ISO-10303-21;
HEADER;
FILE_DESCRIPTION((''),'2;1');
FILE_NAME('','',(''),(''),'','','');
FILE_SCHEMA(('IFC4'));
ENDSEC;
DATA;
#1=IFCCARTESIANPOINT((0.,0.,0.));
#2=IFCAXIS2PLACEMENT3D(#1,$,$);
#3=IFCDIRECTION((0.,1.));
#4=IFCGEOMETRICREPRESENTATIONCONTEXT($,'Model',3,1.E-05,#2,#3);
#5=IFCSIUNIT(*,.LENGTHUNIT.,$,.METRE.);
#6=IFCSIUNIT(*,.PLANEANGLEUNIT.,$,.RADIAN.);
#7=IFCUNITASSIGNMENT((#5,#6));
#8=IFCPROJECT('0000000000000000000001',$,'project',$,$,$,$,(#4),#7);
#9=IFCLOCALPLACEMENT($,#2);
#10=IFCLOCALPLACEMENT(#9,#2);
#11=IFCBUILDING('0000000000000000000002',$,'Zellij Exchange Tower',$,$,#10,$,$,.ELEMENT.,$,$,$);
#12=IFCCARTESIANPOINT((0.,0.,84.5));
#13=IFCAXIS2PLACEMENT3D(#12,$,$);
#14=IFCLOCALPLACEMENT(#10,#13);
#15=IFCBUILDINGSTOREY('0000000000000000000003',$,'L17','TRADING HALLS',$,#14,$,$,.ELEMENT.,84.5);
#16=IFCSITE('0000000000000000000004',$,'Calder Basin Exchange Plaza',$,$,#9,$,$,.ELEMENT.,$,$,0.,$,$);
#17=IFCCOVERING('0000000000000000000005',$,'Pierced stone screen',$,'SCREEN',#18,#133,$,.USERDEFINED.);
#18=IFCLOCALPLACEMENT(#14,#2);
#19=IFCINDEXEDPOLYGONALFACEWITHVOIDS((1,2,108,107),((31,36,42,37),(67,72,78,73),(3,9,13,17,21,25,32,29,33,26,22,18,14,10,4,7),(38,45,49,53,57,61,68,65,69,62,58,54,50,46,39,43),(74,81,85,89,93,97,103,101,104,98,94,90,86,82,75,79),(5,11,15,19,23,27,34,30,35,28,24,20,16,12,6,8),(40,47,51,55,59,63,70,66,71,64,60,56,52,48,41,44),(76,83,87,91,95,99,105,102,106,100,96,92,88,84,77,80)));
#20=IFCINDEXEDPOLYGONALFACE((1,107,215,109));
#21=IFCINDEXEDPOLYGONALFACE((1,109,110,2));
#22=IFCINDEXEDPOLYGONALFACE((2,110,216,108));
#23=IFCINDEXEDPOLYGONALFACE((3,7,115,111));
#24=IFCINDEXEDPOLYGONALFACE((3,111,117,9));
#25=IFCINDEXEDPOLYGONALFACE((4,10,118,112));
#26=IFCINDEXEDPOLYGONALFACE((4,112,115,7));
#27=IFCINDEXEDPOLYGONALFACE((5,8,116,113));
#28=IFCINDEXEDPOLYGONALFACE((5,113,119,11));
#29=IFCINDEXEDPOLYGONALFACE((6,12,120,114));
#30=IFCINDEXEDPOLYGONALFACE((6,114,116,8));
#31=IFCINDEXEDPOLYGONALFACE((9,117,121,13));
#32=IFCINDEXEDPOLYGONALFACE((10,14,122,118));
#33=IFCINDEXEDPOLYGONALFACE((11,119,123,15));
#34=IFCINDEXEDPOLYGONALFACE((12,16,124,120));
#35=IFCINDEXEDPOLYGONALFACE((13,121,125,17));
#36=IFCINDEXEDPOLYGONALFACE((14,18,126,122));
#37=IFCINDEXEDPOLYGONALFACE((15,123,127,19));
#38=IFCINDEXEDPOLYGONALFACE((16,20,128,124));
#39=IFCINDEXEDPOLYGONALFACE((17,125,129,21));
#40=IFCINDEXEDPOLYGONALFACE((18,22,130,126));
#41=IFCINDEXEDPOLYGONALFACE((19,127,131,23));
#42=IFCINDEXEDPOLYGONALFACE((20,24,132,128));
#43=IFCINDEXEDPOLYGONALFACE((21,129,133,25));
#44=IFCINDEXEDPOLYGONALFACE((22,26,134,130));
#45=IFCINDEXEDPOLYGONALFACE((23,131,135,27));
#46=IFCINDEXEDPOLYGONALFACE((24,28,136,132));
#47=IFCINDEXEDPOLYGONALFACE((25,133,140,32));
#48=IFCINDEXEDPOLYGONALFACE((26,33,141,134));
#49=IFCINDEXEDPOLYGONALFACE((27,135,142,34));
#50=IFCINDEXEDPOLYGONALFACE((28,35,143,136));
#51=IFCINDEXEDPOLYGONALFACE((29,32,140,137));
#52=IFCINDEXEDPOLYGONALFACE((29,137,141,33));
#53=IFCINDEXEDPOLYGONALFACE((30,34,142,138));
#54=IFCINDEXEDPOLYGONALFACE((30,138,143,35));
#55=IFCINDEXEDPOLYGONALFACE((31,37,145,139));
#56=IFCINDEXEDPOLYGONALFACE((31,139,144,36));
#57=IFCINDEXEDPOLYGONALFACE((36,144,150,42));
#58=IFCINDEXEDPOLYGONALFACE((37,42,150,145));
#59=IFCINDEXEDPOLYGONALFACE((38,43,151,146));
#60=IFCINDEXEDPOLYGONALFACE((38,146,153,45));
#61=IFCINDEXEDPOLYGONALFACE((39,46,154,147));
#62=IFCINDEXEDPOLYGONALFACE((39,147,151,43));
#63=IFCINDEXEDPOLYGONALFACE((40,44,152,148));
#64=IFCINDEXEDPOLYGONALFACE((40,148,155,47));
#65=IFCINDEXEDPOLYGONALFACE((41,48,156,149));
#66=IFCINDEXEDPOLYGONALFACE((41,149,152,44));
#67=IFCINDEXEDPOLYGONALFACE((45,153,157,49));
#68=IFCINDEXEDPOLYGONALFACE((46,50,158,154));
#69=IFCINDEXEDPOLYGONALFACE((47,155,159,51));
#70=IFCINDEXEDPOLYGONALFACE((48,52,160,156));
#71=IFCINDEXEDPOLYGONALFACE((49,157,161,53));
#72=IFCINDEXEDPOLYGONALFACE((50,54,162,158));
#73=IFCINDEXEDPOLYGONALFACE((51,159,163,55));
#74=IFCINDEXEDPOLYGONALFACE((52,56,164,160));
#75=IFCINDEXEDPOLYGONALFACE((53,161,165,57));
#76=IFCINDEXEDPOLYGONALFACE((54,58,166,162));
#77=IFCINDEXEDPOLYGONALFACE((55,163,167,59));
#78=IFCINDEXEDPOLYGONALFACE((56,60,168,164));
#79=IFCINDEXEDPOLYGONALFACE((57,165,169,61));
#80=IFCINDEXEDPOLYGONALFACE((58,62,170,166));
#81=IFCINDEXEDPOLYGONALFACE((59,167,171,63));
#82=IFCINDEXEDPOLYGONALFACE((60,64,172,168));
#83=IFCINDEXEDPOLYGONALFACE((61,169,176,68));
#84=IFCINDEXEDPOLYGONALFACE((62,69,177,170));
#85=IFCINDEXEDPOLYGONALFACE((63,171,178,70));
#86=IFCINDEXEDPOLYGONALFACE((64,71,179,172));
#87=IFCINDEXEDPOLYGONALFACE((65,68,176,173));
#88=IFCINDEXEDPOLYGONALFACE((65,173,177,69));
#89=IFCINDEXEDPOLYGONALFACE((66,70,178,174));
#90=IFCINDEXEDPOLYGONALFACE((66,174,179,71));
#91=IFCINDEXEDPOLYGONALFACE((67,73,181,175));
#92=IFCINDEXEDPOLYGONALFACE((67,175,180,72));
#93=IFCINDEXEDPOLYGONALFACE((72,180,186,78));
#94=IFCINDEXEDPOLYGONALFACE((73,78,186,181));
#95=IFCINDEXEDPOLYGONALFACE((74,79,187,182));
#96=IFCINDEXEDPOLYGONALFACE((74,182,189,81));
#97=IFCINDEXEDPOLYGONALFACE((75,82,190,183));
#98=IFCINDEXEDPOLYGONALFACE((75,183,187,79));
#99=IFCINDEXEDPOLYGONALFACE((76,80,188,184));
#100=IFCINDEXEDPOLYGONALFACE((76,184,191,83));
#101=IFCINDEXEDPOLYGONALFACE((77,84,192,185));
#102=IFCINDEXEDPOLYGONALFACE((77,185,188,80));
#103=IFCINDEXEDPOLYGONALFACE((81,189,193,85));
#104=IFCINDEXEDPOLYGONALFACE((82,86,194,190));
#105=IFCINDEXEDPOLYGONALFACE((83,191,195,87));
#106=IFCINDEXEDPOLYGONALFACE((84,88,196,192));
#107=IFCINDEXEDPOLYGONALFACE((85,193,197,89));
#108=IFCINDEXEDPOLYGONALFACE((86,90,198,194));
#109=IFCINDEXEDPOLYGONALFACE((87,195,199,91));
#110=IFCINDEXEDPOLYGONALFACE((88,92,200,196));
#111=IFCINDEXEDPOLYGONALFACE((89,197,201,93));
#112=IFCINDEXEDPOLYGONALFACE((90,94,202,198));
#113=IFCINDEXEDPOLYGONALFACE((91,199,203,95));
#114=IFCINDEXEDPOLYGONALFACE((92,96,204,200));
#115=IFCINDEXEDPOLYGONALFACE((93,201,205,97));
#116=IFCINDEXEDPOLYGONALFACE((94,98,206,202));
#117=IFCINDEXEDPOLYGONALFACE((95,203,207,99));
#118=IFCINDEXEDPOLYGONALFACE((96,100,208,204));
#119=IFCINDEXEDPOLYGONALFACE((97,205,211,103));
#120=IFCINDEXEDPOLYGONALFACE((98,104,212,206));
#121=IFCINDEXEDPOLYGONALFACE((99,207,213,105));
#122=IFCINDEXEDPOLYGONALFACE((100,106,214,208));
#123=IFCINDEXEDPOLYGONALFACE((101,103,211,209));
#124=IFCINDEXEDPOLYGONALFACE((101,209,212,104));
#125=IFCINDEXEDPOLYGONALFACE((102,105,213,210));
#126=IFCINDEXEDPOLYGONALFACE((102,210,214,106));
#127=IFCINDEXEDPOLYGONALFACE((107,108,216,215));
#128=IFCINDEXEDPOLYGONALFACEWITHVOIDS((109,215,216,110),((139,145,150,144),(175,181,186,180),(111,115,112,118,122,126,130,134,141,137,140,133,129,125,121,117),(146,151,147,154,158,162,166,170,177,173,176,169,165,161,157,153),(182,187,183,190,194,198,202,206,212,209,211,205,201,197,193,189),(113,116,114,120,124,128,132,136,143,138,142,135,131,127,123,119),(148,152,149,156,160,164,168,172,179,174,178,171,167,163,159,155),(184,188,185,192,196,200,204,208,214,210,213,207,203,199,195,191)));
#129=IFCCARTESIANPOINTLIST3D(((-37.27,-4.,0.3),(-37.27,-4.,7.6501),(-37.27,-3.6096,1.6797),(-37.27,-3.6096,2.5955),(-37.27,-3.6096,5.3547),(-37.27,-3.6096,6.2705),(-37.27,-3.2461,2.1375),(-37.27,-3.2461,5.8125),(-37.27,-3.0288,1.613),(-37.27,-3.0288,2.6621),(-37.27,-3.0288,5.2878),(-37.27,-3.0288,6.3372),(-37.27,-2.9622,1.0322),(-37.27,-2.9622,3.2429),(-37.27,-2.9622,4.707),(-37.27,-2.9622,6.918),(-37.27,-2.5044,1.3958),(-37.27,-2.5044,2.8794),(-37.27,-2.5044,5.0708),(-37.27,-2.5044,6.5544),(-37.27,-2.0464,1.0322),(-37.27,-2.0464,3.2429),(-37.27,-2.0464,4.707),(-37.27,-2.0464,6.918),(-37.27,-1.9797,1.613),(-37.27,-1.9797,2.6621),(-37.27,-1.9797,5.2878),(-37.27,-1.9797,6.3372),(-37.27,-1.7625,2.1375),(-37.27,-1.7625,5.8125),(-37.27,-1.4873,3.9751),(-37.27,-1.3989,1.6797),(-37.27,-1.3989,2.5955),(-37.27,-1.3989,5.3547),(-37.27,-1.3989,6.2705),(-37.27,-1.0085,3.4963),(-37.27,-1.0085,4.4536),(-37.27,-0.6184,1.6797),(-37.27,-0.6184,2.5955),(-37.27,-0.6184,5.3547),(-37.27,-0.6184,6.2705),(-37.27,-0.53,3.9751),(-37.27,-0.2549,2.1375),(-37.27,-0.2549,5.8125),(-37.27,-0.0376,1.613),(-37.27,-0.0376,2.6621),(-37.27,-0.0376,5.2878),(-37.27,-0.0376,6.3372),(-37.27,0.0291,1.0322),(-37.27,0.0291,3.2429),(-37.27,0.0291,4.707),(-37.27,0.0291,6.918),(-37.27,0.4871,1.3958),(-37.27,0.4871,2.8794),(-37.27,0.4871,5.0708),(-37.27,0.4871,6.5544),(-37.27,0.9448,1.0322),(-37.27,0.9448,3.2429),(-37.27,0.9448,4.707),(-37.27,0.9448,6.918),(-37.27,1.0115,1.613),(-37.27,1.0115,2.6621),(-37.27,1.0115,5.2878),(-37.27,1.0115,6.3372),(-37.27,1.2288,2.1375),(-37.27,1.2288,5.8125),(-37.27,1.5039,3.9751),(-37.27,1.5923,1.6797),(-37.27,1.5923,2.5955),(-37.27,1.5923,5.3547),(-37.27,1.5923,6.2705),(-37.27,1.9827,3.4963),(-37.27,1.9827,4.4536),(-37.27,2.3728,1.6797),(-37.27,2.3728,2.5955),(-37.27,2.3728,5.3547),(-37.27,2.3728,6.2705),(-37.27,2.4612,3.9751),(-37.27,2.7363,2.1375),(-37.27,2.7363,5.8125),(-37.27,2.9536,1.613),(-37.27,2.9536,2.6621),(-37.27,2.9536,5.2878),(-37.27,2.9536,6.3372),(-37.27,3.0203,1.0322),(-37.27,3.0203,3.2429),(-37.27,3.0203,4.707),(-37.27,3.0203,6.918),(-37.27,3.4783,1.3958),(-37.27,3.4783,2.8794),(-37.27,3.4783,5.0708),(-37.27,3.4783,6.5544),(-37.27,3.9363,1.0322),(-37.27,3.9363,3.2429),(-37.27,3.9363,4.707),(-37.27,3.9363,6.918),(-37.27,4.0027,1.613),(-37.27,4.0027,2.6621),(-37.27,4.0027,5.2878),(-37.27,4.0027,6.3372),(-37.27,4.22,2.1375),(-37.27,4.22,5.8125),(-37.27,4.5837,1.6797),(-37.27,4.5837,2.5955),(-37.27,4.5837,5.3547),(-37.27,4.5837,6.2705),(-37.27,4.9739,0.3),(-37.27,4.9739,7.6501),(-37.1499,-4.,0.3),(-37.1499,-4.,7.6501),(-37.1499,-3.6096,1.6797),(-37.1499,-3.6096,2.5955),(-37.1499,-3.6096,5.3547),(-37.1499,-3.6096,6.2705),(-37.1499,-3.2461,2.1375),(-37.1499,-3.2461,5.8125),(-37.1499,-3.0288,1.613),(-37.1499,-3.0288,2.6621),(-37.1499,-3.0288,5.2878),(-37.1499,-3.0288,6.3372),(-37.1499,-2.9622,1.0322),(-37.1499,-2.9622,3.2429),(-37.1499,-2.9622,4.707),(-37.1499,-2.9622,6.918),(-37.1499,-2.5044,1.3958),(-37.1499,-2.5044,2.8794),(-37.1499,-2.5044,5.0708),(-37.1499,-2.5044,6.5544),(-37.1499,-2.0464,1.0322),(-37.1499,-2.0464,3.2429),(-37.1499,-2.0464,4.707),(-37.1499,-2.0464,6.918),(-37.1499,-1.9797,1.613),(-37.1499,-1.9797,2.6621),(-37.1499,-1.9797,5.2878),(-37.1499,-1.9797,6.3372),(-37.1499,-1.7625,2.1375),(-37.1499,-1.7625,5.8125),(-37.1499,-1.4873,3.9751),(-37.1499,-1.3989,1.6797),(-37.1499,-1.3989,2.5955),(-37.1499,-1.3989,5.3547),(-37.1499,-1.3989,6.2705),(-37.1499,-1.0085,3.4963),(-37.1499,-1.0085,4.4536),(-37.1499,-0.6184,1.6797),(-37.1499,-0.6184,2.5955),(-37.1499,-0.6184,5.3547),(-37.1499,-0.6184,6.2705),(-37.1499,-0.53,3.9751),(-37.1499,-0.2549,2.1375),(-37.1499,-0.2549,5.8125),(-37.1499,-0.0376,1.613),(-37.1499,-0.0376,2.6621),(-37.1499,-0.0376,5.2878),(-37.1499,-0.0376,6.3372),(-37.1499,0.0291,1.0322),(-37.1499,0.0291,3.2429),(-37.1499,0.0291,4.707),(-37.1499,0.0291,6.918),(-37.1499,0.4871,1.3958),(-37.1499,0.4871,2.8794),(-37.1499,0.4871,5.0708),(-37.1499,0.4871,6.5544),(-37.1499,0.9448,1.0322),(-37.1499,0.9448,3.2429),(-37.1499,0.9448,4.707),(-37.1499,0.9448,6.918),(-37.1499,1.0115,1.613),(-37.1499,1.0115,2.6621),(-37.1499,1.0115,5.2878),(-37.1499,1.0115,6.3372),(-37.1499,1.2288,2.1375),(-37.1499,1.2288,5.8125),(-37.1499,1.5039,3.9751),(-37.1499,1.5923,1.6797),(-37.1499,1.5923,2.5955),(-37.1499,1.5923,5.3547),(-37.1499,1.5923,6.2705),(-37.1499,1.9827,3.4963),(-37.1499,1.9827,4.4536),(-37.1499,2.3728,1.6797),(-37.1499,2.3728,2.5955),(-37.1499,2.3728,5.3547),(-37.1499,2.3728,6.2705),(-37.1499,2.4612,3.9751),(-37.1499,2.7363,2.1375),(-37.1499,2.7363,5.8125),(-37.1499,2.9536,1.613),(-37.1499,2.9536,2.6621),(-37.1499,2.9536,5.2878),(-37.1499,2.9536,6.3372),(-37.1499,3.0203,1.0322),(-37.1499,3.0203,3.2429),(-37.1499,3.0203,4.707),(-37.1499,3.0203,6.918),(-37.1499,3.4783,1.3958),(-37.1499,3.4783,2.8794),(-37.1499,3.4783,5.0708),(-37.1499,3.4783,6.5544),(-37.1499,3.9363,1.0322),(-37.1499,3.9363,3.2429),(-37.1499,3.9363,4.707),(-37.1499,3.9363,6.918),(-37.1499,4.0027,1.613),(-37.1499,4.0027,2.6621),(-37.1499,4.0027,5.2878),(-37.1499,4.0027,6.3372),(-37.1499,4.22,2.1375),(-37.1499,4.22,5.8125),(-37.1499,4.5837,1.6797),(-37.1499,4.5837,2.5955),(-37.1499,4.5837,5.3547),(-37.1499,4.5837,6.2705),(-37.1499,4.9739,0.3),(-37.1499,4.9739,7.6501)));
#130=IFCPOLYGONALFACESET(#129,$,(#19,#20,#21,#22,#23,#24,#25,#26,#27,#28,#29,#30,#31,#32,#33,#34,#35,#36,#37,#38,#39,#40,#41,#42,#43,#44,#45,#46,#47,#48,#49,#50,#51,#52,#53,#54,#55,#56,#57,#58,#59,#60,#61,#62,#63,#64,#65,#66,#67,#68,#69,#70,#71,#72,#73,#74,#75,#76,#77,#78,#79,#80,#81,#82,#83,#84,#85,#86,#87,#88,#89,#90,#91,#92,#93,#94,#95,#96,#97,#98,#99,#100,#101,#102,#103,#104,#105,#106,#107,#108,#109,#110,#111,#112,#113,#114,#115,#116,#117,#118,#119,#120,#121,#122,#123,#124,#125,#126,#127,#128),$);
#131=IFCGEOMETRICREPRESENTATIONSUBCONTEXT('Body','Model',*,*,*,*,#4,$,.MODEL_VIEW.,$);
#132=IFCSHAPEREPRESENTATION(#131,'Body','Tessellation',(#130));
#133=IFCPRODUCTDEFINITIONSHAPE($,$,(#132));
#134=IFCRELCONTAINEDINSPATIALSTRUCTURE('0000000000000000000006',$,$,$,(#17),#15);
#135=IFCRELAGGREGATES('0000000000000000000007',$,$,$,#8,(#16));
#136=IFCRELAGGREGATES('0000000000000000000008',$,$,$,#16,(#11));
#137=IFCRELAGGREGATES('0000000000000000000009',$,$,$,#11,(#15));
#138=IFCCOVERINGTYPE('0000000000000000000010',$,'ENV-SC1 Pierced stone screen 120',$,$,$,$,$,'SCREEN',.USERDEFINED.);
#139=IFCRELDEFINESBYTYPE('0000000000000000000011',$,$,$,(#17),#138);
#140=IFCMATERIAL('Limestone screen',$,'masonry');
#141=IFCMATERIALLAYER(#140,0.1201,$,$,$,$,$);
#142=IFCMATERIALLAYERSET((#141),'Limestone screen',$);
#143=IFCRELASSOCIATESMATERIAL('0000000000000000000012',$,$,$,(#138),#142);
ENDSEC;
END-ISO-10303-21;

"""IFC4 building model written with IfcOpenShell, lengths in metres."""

from ifc_helpers import new_model, si_unit, direction, frame, origin, place, context, subcontext, project, spatial, polyline, outline, extrude, material, layer, layer_set, type_object, element, save


model = new_model("IFC4")

# Units and contexts
model_context = context("Model", 3, precision=1e-05, world=origin(), true_north=direction((0.0, 1.0)))
body_context = subcontext(model_context, "Body", "Model", "MODEL_VIEW")
ifc_project = project(units=[si_unit("LENGTHUNIT", "METRE"), si_unit("PLANEANGLEUNIT", "RADIAN")], contexts=[model_context])

# Site, building, storey
site_placement = place(None, origin())
site = spatial("IfcSite", under=ifc_project, at=site_placement, Name="Calder Basin Exchange Plaza", CompositionType="ELEMENT", RefElevation=0.0)
building_placement = place(site_placement, origin())
building = spatial("IfcBuilding", under=site, at=building_placement, Name="Zellij Exchange Tower", CompositionType="ELEMENT")
storey_placement = place(building_placement, frame((0.0, 0.0, 84.5)))
storey = spatial("IfcBuildingStorey", under=building, at=storey_placement, Name="L17", Description="TRADING HALLS", CompositionType="ELEMENT", Elevation=84.5)

# Covering
ifc_material_1 = material(Name="Limestone screen", Category="masonry")
ifc_layer_1 = layer(ifc_material_1, 0.1201)
ifc_layer_set_1 = layer_set([ifc_layer_1], Name="Limestone screen")
covering_type = type_object("IfcCoveringType", Name="ENV-SC1 Pierced stone screen 120", ElementType="SCREEN", PredefinedType="USERDEFINED", material=ifc_layer_set_1)
covering_1_placement = place(storey_placement, frame((-37.21, 4.9739, 0.3), z_axis=(0.0, 0.0, 1.0), x_axis=(0.0, -1.0, 0.0)))
element("IfcCovering", 1, at=covering_1_placement, inside=storey, type_object=covering_type, Name="Pierced stone screen", ObjectType="SCREEN", PredefinedType="USERDEFINED", context=body_context, shape_type="SweptSolid", body=[
    extrude(outline(polyline([(0.0, 0.0), (8.9739, 0.0), (8.9739, 7.3501), (0.0, 7.3501), (0.0, 0.0)]), holes=[polyline([(2.6011, 2.2954), (2.0203, 2.3621), (1.9536, 2.9429), (1.4956, 2.5793), (1.0376, 2.9429), (0.9712, 2.3621), (0.3901, 2.2954), (0.7539, 1.8374), (0.3901, 1.3796), (0.9712, 1.313), (1.0376, 0.7322), (1.4956, 1.0957), (1.9536, 0.7322), (2.0203, 1.313), (2.6011, 1.3796), (2.2375, 1.8374), (2.6011, 2.2954)]), polyline([(2.6011, 5.9705), (2.0203, 6.0371), (1.9536, 6.6179), (1.4956, 6.2544), (1.0376, 6.6179), (0.9712, 6.0371), (0.3901, 5.9705), (0.7539, 5.5125), (0.3901, 5.0547), (0.9712, 4.9878), (1.0376, 4.407), (1.4956, 4.7708), (1.9536, 4.407), (2.0203, 4.9878), (2.6011, 5.0547), (2.2375, 5.5125), (2.6011, 5.9705)]), polyline([(5.5923, 2.2954), (5.0115, 2.3621), (4.9448, 2.9429), (4.4868, 2.5793), (4.0291, 2.9429), (3.9624, 2.3621), (3.3816, 2.2954), (3.7451, 1.8374), (3.3816, 1.3796), (3.9624, 1.313), (4.0291, 0.7322), (4.4868, 1.0957), (4.9448, 0.7322), (5.0115, 1.313), (5.5923, 1.3796), (5.2288, 1.8374), (5.5923, 2.2954)]), polyline([(5.5923, 5.9705), (5.0115, 6.0371), (4.9448, 6.6179), (4.4868, 6.2544), (4.0291, 6.6179), (3.9624, 6.0371), (3.3816, 5.9705), (3.7451, 5.5125), (3.3816, 5.0547), (3.9624, 4.9878), (4.0291, 4.407), (4.4868, 4.7708), (4.9448, 4.407), (5.0115, 4.9878), (5.5923, 5.0547), (5.2288, 5.5125), (5.5923, 5.9705)]), polyline([(8.5835, 2.2954), (8.0027, 2.3621), (7.936, 2.9429), (7.4783, 2.5793), (7.0203, 2.9429), (6.9536, 2.3621), (6.3728, 2.2954), (6.7363, 1.8374), (6.3728, 1.3796), (6.9536, 1.313), (7.0203, 0.7322), (7.4783, 1.0957), (7.936, 0.7322), (8.0027, 1.313), (8.5835, 1.3796), (8.22, 1.8374), (8.5835, 2.2954)]), polyline([(8.5835, 5.9705), (8.0027, 6.0371), (7.936, 6.6179), (7.4783, 6.2544), (7.0203, 6.6179), (6.9536, 6.0371), (6.3728, 5.9705), (6.7363, 5.5125), (6.3728, 5.0547), (6.9536, 4.9878), (7.0203, 4.407), (7.4783, 4.7708), (7.936, 4.407), (8.0027, 4.9878), (8.5835, 5.0547), (8.22, 5.5125), (8.5835, 5.9705)]), polyline([(3.47, 3.675), (2.9912, 4.1536), (2.5127, 3.675), (2.9912, 3.1963), (3.47, 3.675)]), polyline([(6.4612, 3.675), (5.9824, 4.1536), (5.5039, 3.675), (5.9824, 3.1963), (6.4612, 3.675)])]), frame((0.0, 0.0601, 0.0), z_axis=(0.0, -1.0, 0.0), x_axis=(1.0, 0.0, 0.0)), (0.0, 0.0, 1.0), 0.1201),
])

save(model, "model.ifc")
